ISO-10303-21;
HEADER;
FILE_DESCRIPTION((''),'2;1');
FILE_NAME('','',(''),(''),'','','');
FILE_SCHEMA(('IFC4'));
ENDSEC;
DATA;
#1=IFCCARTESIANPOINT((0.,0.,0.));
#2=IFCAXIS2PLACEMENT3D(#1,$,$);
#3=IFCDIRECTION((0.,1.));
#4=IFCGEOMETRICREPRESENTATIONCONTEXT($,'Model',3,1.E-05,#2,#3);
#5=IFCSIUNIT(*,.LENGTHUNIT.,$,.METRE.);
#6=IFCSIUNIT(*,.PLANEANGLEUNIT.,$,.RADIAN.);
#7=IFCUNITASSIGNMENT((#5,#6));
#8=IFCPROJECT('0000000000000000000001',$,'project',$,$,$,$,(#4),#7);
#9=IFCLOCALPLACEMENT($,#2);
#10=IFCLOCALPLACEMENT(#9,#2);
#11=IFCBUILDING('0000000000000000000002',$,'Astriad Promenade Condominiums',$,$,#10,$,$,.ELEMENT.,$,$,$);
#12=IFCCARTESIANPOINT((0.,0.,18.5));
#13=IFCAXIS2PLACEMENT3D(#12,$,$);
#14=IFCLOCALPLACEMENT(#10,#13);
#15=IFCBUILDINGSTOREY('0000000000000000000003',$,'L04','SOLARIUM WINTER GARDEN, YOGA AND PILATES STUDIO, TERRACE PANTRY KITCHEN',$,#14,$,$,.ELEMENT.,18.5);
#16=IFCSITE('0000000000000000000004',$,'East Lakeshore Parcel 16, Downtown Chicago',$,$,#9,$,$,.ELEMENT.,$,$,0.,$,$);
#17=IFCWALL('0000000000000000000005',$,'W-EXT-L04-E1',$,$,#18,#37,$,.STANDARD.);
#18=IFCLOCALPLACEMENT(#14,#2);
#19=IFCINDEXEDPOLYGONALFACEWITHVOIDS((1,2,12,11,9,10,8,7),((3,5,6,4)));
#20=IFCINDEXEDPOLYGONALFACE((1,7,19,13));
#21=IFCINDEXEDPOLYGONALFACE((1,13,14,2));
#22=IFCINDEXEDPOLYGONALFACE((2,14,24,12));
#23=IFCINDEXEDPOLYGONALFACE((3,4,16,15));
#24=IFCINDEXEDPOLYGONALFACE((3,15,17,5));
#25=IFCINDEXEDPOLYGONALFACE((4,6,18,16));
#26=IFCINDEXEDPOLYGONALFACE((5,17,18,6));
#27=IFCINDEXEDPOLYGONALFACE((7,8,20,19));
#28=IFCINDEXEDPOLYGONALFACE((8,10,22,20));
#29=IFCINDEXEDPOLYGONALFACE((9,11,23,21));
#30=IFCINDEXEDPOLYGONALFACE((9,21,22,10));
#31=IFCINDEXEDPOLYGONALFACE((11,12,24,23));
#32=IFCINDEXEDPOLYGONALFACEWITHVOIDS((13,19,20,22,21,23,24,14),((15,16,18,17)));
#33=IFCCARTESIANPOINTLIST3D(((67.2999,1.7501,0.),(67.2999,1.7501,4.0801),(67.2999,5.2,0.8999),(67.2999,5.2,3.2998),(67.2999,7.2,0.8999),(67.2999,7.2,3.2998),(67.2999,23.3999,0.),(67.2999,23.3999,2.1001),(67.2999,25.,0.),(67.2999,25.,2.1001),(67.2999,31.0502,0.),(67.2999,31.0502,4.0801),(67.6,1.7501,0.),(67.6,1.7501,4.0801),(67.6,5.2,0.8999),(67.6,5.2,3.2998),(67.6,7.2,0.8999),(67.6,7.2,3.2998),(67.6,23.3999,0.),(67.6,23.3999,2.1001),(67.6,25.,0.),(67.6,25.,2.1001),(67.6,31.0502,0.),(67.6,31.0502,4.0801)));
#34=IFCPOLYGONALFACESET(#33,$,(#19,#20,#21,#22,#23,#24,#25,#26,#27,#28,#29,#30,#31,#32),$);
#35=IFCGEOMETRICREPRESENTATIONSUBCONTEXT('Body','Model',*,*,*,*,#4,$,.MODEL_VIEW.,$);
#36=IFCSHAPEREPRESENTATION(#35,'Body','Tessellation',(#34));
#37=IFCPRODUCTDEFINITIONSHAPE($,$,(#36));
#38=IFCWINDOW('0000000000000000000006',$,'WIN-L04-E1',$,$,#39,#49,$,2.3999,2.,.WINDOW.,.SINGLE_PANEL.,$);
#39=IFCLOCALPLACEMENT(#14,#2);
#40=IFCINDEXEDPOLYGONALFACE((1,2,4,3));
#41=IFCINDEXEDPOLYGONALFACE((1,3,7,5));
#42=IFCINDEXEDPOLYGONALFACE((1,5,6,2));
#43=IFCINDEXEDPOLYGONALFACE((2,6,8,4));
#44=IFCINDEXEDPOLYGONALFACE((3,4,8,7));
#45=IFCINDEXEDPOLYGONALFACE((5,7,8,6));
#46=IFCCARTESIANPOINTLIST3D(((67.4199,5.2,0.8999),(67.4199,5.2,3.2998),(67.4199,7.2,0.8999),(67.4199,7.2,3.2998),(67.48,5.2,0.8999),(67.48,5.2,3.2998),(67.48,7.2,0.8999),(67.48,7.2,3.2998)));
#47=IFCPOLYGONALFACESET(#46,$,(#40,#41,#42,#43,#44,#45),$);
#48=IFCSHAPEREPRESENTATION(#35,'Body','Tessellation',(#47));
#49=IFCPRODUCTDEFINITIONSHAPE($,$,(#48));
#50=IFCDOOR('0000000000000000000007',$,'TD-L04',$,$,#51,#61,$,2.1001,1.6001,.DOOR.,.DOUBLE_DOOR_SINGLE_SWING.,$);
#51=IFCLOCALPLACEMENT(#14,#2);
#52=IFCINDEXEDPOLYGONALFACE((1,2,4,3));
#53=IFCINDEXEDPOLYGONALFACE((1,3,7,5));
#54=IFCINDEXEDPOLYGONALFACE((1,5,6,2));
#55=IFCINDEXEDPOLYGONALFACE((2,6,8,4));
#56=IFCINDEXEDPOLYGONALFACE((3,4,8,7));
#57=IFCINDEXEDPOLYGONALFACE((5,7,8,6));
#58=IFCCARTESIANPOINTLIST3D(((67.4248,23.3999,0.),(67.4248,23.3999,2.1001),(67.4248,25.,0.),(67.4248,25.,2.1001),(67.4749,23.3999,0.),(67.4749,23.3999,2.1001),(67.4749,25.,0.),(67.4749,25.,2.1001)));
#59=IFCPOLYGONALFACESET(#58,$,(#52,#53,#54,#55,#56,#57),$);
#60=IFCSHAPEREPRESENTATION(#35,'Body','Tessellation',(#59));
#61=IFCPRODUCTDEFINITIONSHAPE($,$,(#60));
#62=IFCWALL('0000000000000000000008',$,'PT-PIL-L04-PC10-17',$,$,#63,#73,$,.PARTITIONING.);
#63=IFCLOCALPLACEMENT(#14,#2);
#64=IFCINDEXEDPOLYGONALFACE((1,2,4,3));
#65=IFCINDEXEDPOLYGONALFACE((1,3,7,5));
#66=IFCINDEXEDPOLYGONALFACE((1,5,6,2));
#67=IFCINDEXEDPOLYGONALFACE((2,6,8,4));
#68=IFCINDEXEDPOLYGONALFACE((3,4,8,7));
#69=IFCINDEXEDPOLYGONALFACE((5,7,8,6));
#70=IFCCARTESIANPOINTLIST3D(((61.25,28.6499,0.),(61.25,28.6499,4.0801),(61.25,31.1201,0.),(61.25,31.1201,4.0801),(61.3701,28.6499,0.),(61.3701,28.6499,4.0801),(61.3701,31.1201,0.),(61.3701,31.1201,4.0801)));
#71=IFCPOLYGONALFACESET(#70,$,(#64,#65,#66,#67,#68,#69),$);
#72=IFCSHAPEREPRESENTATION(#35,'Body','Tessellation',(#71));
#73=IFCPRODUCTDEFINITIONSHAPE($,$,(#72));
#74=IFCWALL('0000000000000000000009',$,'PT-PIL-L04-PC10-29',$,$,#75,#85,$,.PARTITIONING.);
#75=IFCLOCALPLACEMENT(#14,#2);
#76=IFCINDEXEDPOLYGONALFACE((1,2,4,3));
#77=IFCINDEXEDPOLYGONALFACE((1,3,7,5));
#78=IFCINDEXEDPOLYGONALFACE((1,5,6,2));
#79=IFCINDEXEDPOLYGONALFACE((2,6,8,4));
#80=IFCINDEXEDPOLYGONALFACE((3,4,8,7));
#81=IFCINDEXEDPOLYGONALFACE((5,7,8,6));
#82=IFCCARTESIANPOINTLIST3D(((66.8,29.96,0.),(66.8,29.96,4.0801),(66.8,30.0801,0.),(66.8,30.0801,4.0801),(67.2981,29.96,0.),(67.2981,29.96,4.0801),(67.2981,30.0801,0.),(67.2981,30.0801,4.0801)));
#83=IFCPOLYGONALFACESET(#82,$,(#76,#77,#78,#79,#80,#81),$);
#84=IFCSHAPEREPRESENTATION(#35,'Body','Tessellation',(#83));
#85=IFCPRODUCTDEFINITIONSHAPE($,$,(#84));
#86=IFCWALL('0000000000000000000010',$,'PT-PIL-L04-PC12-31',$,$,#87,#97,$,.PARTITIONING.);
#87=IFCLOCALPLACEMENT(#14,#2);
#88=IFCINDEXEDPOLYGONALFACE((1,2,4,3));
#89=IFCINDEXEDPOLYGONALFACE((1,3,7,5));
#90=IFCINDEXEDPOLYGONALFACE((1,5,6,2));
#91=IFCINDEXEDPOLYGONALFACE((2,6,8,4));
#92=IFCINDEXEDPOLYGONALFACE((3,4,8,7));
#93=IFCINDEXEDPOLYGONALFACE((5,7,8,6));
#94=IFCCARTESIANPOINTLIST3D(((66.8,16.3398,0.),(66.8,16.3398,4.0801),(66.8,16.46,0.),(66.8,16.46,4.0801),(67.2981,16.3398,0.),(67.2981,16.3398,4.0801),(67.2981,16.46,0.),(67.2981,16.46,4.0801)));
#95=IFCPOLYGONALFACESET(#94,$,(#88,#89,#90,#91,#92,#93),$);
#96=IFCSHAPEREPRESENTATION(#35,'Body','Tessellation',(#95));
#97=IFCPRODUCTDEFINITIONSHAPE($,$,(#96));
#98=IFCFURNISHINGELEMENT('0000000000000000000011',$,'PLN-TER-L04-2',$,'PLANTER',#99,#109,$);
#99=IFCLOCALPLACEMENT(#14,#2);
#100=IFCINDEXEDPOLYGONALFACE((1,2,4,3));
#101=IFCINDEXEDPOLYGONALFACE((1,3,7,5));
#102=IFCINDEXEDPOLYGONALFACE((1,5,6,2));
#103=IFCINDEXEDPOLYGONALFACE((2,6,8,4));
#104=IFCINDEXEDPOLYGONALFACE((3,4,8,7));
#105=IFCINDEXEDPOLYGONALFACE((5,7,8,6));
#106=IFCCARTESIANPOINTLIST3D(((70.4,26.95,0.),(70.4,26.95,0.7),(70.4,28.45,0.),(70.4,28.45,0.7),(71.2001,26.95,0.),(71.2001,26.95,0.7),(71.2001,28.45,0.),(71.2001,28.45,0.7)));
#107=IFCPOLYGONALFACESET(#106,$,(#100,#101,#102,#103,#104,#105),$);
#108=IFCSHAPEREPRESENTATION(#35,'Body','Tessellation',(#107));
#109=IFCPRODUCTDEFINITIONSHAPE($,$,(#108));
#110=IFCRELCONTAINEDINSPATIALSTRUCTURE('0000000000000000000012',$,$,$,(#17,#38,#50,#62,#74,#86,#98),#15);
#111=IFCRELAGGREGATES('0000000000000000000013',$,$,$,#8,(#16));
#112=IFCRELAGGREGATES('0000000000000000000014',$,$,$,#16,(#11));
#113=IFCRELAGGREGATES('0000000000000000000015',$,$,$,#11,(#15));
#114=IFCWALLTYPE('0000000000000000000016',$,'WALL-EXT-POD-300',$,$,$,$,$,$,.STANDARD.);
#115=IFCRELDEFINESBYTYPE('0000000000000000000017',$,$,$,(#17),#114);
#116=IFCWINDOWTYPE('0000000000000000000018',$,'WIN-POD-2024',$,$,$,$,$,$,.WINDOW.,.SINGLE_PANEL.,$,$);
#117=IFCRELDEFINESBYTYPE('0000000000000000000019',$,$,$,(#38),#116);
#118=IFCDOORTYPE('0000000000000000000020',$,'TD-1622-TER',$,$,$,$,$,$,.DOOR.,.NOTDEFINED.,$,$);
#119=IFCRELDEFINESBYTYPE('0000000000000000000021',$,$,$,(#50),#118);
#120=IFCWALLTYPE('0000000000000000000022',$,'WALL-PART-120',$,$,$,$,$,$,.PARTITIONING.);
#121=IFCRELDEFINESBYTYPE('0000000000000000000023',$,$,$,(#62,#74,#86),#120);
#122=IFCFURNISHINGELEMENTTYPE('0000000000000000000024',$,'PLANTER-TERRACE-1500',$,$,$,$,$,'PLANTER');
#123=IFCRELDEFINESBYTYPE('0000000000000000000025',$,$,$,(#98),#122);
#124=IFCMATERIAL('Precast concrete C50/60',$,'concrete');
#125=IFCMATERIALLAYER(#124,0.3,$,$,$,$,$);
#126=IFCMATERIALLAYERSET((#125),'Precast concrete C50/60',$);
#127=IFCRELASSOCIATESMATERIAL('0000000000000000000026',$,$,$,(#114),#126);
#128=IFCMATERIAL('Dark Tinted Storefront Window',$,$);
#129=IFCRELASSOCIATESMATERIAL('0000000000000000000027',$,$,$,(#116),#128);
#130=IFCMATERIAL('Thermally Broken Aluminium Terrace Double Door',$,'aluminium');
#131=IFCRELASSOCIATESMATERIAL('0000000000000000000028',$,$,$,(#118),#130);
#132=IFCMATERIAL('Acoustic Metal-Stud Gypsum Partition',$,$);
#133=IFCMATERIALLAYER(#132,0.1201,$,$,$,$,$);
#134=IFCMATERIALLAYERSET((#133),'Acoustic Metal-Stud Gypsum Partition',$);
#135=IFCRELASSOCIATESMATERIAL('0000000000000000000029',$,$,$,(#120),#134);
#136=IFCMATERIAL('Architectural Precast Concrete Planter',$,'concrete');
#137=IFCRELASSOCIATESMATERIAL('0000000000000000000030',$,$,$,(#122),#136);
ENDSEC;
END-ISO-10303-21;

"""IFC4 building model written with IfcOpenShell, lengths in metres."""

from ifc_helpers import new_model, si_unit, direction, frame, frame_2d, origin, origin_2d, place, context, subcontext, project, spatial, rectangle, extrude, source, transform, mapped, material, layer, layer_set, type_object, type_shapes, element, fill, save


model = new_model("IFC4")

# Units and contexts
model_context = context("Model", 3, precision=1e-05, world=origin(), true_north=direction((0.0, 1.0)))
body_context = subcontext(model_context, "Body", "Model", "MODEL_VIEW")
ifc_project = project(units=[si_unit("LENGTHUNIT", "METRE"), si_unit("PLANEANGLEUNIT", "RADIAN")], contexts=[model_context])

# Site, building, storey
site_placement = place(None, origin())
site = spatial("IfcSite", under=ifc_project, at=site_placement, Name="East Lakeshore Parcel 16, Downtown Chicago", CompositionType="ELEMENT", RefElevation=0.0)
building_placement = place(site_placement, origin())
building = spatial("IfcBuilding", under=site, at=building_placement, Name="Astriad Promenade Condominiums", CompositionType="ELEMENT")
storey_placement = place(building_placement, frame((0.0, 0.0, 18.5)))
storey = spatial("IfcBuildingStorey", under=building, at=storey_placement, Name="L04", Description="SOLARIUM WINTER GARDEN, YOGA AND PILATES STUDIO, TERRACE PANTRY KITCHEN", CompositionType="ELEMENT", Elevation=18.5)

# Shared definitions
ifc_material_1 = material(Name="Precast concrete C50/60", Category="concrete")
ifc_layer_1 = layer(ifc_material_1, 0.3)
ifc_layer_set_1 = layer_set([ifc_layer_1], Name="Precast concrete C50/60")
wall_type_1 = type_object("IfcWallType", Name="WALL-EXT-POD-300", PredefinedType="STANDARD", material=ifc_layer_set_1)

# Wall, openings, window, door
wall_1_placement = place(storey_placement, frame((67.45, 31.05, 0.0), z_axis=(0.0, 0.0, 1.0), x_axis=(0.0, -1.0, 0.0)))
wall_1 = element("IfcWall", 1, at=wall_1_placement, inside=storey, type_object=wall_type_1, Name="W-EXT-L04-E1", PredefinedType="STANDARD", context=body_context, shape_type="SweptSolid", body=[
    extrude(rectangle(XDim=29.3, YDim=0.3, at=frame_2d((14.6499, 0.0))), origin(), (0.0, 0.0, 1.0), 4.0801),
])
opening_1_placement = place(wall_1_placement, frame((6.05, 0.0, 0.0)))
opening_1 = element("IfcOpeningElement", 2, at=opening_1_placement, cuts=wall_1, PredefinedType="OPENING", context=body_context, shape_type="SweptSolid", body=[
    extrude(rectangle(XDim=1.6001, YDim=2.1001, at=frame_2d((0.8, 1.05))), frame((0.0, 0.1599, 0.0), z_axis=(0.0, -1.0, 0.0), x_axis=(1.0, 0.0, 0.0)), (0.0, 0.0, 1.0), 0.3201),
])
opening_2_placement = place(wall_1_placement, frame((23.8501, 0.0, 0.8999)))
opening_2 = element("IfcOpeningElement", 3, at=opening_2_placement, cuts=wall_1, PredefinedType="OPENING", context=body_context, shape_type="SweptSolid", body=[
    extrude(rectangle(XDim=2.0, YDim=2.3999, at=frame_2d((1.0, 1.2))), frame((0.0, 0.1599, 0.0), z_axis=(0.0, -1.0, 0.0), x_axis=(1.0, 0.0, 0.0)), (0.0, 0.0, 1.0), 0.3201),
])
ifc_material_2 = material(Name="Dark Tinted Storefront Window")
window_type = type_object("IfcWindowType", Name="WIN-POD-2024", PartitioningType="SINGLE_PANEL", PredefinedType="WINDOW", material=ifc_material_2)
shared_shape_1 = source(origin(), body_context, "Body", "SweptSolid", [
    extrude(rectangle(XDim=2.0, YDim=2.3999, at=frame_2d((1.0, 1.2))), frame((0.0, 0.03, 0.0), z_axis=(0.0, -1.0, 0.0), x_axis=(1.0, 0.0, 0.0)), (0.0, 0.0, 1.0), 0.0601),
])
type_shapes(window_type, [shared_shape_1])
window_placement = place(opening_2_placement, origin())
window = element("IfcWindow", 4, at=window_placement, inside=storey, type_object=window_type, Name="WIN-L04-E1", OverallHeight=2.3999, OverallWidth=2.0, PartitioningType="SINGLE_PANEL", PredefinedType="WINDOW", context=body_context, shape_type="MappedRepresentation", body=[
    mapped(shared_shape_1, transform((0.0, 0.0, 0.0), scale=1.0)),
])
fill(opening_2, window)
ifc_material_3 = material(Name="Thermally Broken Aluminium Terrace Double Door", Category="aluminium")
door_type = type_object("IfcDoorType", Name="TD-1622-TER", OperationType="NOTDEFINED", PredefinedType="DOOR", material=ifc_material_3)
shared_shape_2 = source(origin(), body_context, "Body", "SweptSolid", [
    extrude(rectangle(XDim=1.6001, YDim=2.1001, at=frame_2d((0.8, 1.05))), frame((0.0, 0.0249, 0.0), z_axis=(0.0, -1.0, 0.0), x_axis=(1.0, 0.0, 0.0)), (0.0, 0.0, 1.0), 0.05),
])
type_shapes(door_type, [shared_shape_2])
door_placement = place(opening_1_placement, origin())
door = element("IfcDoor", 5, at=door_placement, inside=storey, type_object=door_type, Name="TD-L04", OperationType="DOUBLE_DOOR_SINGLE_SWING", OverallHeight=2.1001, OverallWidth=1.6001, PredefinedType="DOOR", context=body_context, shape_type="MappedRepresentation", body=[
    mapped(shared_shape_2, transform((0.0, 0.0, 0.0), scale=1.0)),
])
fill(opening_1, door)

# Walls
ifc_material_4 = material(Name="Acoustic Metal-Stud Gypsum Partition")
ifc_layer_2 = layer(ifc_material_4, 0.1201)
ifc_layer_set_2 = layer_set([ifc_layer_2], Name="Acoustic Metal-Stud Gypsum Partition")
wall_type_2 = type_object("IfcWallType", Name="WALL-PART-120", PredefinedType="PARTITIONING", material=ifc_layer_set_2)
wall_2_placement = place(storey_placement, frame((61.3101, 28.6499, 0.0), z_axis=(0.0, 0.0, 1.0), x_axis=(0.0, 1.0, 0.0)))
element("IfcWall", 6, at=wall_2_placement, inside=storey, type_object=wall_type_2, Name="PT-PIL-L04-PC10-17", PredefinedType="PARTITIONING", context=body_context, shape_type="SweptSolid", body=[
    extrude(rectangle(XDim=2.4702, YDim=0.1201, at=frame_2d((1.2351, 0.0))), origin(), (0.0, 0.0, 1.0), 4.0801),
])
for number, where, z_axis, x_axis, name in (
    (7, (66.8, 30.02, 0.0), (0.0, 0.0, 1.0), (1.0, 0.0, 0.0), "PT-PIL-L04-PC10-29"),
    (8, (66.8, 16.3999, 0.0), (0.0, 0.0, 1.0), (1.0, 0.0, 0.0), "PT-PIL-L04-PC12-31"),
):
    element("IfcWall", number, at=place(storey_placement, frame(where, z_axis=z_axis, x_axis=x_axis)), inside=storey, type_object=wall_type_2, Name=name, PredefinedType="PARTITIONING", context=body_context, shape_type="SweptSolid", body=[
        extrude(rectangle(XDim=0.498, YDim=0.1201, at=frame_2d((0.249, 0.0))), origin(), (0.0, 0.0, 1.0), 4.0801),
    ])

# Furnishing element
ifc_material_5 = material(Name="Architectural Precast Concrete Planter", Category="concrete")
furnishing_element_type = type_object("IfcFurnishingElementType", Name="PLANTER-TERRACE-1500", ElementType="PLANTER", material=ifc_material_5)
shared_shape_3 = source(origin(), body_context, "Body", "SweptSolid", [
    extrude(rectangle(XDim=0.8, YDim=1.5, at=origin_2d()), origin(), (0.0, 0.0, 1.0), 0.7),
])
type_shapes(furnishing_element_type, [shared_shape_3])
furnishing_placement = place(storey_placement, frame((70.8, 27.7, 0.0), z_axis=(0.0, 0.0, 1.0), x_axis=(1.0, 0.0, 0.0)))
element("IfcFurnishingElement", 9, at=furnishing_placement, inside=storey, type_object=furnishing_element_type, Name="PLN-TER-L04-2", ObjectType="PLANTER", context=body_context, shape_type="MappedRepresentation", body=[
    mapped(shared_shape_3, transform((0.0, 0.0, 0.0), scale=1.0)),
])

save(model, "model.ifc")
